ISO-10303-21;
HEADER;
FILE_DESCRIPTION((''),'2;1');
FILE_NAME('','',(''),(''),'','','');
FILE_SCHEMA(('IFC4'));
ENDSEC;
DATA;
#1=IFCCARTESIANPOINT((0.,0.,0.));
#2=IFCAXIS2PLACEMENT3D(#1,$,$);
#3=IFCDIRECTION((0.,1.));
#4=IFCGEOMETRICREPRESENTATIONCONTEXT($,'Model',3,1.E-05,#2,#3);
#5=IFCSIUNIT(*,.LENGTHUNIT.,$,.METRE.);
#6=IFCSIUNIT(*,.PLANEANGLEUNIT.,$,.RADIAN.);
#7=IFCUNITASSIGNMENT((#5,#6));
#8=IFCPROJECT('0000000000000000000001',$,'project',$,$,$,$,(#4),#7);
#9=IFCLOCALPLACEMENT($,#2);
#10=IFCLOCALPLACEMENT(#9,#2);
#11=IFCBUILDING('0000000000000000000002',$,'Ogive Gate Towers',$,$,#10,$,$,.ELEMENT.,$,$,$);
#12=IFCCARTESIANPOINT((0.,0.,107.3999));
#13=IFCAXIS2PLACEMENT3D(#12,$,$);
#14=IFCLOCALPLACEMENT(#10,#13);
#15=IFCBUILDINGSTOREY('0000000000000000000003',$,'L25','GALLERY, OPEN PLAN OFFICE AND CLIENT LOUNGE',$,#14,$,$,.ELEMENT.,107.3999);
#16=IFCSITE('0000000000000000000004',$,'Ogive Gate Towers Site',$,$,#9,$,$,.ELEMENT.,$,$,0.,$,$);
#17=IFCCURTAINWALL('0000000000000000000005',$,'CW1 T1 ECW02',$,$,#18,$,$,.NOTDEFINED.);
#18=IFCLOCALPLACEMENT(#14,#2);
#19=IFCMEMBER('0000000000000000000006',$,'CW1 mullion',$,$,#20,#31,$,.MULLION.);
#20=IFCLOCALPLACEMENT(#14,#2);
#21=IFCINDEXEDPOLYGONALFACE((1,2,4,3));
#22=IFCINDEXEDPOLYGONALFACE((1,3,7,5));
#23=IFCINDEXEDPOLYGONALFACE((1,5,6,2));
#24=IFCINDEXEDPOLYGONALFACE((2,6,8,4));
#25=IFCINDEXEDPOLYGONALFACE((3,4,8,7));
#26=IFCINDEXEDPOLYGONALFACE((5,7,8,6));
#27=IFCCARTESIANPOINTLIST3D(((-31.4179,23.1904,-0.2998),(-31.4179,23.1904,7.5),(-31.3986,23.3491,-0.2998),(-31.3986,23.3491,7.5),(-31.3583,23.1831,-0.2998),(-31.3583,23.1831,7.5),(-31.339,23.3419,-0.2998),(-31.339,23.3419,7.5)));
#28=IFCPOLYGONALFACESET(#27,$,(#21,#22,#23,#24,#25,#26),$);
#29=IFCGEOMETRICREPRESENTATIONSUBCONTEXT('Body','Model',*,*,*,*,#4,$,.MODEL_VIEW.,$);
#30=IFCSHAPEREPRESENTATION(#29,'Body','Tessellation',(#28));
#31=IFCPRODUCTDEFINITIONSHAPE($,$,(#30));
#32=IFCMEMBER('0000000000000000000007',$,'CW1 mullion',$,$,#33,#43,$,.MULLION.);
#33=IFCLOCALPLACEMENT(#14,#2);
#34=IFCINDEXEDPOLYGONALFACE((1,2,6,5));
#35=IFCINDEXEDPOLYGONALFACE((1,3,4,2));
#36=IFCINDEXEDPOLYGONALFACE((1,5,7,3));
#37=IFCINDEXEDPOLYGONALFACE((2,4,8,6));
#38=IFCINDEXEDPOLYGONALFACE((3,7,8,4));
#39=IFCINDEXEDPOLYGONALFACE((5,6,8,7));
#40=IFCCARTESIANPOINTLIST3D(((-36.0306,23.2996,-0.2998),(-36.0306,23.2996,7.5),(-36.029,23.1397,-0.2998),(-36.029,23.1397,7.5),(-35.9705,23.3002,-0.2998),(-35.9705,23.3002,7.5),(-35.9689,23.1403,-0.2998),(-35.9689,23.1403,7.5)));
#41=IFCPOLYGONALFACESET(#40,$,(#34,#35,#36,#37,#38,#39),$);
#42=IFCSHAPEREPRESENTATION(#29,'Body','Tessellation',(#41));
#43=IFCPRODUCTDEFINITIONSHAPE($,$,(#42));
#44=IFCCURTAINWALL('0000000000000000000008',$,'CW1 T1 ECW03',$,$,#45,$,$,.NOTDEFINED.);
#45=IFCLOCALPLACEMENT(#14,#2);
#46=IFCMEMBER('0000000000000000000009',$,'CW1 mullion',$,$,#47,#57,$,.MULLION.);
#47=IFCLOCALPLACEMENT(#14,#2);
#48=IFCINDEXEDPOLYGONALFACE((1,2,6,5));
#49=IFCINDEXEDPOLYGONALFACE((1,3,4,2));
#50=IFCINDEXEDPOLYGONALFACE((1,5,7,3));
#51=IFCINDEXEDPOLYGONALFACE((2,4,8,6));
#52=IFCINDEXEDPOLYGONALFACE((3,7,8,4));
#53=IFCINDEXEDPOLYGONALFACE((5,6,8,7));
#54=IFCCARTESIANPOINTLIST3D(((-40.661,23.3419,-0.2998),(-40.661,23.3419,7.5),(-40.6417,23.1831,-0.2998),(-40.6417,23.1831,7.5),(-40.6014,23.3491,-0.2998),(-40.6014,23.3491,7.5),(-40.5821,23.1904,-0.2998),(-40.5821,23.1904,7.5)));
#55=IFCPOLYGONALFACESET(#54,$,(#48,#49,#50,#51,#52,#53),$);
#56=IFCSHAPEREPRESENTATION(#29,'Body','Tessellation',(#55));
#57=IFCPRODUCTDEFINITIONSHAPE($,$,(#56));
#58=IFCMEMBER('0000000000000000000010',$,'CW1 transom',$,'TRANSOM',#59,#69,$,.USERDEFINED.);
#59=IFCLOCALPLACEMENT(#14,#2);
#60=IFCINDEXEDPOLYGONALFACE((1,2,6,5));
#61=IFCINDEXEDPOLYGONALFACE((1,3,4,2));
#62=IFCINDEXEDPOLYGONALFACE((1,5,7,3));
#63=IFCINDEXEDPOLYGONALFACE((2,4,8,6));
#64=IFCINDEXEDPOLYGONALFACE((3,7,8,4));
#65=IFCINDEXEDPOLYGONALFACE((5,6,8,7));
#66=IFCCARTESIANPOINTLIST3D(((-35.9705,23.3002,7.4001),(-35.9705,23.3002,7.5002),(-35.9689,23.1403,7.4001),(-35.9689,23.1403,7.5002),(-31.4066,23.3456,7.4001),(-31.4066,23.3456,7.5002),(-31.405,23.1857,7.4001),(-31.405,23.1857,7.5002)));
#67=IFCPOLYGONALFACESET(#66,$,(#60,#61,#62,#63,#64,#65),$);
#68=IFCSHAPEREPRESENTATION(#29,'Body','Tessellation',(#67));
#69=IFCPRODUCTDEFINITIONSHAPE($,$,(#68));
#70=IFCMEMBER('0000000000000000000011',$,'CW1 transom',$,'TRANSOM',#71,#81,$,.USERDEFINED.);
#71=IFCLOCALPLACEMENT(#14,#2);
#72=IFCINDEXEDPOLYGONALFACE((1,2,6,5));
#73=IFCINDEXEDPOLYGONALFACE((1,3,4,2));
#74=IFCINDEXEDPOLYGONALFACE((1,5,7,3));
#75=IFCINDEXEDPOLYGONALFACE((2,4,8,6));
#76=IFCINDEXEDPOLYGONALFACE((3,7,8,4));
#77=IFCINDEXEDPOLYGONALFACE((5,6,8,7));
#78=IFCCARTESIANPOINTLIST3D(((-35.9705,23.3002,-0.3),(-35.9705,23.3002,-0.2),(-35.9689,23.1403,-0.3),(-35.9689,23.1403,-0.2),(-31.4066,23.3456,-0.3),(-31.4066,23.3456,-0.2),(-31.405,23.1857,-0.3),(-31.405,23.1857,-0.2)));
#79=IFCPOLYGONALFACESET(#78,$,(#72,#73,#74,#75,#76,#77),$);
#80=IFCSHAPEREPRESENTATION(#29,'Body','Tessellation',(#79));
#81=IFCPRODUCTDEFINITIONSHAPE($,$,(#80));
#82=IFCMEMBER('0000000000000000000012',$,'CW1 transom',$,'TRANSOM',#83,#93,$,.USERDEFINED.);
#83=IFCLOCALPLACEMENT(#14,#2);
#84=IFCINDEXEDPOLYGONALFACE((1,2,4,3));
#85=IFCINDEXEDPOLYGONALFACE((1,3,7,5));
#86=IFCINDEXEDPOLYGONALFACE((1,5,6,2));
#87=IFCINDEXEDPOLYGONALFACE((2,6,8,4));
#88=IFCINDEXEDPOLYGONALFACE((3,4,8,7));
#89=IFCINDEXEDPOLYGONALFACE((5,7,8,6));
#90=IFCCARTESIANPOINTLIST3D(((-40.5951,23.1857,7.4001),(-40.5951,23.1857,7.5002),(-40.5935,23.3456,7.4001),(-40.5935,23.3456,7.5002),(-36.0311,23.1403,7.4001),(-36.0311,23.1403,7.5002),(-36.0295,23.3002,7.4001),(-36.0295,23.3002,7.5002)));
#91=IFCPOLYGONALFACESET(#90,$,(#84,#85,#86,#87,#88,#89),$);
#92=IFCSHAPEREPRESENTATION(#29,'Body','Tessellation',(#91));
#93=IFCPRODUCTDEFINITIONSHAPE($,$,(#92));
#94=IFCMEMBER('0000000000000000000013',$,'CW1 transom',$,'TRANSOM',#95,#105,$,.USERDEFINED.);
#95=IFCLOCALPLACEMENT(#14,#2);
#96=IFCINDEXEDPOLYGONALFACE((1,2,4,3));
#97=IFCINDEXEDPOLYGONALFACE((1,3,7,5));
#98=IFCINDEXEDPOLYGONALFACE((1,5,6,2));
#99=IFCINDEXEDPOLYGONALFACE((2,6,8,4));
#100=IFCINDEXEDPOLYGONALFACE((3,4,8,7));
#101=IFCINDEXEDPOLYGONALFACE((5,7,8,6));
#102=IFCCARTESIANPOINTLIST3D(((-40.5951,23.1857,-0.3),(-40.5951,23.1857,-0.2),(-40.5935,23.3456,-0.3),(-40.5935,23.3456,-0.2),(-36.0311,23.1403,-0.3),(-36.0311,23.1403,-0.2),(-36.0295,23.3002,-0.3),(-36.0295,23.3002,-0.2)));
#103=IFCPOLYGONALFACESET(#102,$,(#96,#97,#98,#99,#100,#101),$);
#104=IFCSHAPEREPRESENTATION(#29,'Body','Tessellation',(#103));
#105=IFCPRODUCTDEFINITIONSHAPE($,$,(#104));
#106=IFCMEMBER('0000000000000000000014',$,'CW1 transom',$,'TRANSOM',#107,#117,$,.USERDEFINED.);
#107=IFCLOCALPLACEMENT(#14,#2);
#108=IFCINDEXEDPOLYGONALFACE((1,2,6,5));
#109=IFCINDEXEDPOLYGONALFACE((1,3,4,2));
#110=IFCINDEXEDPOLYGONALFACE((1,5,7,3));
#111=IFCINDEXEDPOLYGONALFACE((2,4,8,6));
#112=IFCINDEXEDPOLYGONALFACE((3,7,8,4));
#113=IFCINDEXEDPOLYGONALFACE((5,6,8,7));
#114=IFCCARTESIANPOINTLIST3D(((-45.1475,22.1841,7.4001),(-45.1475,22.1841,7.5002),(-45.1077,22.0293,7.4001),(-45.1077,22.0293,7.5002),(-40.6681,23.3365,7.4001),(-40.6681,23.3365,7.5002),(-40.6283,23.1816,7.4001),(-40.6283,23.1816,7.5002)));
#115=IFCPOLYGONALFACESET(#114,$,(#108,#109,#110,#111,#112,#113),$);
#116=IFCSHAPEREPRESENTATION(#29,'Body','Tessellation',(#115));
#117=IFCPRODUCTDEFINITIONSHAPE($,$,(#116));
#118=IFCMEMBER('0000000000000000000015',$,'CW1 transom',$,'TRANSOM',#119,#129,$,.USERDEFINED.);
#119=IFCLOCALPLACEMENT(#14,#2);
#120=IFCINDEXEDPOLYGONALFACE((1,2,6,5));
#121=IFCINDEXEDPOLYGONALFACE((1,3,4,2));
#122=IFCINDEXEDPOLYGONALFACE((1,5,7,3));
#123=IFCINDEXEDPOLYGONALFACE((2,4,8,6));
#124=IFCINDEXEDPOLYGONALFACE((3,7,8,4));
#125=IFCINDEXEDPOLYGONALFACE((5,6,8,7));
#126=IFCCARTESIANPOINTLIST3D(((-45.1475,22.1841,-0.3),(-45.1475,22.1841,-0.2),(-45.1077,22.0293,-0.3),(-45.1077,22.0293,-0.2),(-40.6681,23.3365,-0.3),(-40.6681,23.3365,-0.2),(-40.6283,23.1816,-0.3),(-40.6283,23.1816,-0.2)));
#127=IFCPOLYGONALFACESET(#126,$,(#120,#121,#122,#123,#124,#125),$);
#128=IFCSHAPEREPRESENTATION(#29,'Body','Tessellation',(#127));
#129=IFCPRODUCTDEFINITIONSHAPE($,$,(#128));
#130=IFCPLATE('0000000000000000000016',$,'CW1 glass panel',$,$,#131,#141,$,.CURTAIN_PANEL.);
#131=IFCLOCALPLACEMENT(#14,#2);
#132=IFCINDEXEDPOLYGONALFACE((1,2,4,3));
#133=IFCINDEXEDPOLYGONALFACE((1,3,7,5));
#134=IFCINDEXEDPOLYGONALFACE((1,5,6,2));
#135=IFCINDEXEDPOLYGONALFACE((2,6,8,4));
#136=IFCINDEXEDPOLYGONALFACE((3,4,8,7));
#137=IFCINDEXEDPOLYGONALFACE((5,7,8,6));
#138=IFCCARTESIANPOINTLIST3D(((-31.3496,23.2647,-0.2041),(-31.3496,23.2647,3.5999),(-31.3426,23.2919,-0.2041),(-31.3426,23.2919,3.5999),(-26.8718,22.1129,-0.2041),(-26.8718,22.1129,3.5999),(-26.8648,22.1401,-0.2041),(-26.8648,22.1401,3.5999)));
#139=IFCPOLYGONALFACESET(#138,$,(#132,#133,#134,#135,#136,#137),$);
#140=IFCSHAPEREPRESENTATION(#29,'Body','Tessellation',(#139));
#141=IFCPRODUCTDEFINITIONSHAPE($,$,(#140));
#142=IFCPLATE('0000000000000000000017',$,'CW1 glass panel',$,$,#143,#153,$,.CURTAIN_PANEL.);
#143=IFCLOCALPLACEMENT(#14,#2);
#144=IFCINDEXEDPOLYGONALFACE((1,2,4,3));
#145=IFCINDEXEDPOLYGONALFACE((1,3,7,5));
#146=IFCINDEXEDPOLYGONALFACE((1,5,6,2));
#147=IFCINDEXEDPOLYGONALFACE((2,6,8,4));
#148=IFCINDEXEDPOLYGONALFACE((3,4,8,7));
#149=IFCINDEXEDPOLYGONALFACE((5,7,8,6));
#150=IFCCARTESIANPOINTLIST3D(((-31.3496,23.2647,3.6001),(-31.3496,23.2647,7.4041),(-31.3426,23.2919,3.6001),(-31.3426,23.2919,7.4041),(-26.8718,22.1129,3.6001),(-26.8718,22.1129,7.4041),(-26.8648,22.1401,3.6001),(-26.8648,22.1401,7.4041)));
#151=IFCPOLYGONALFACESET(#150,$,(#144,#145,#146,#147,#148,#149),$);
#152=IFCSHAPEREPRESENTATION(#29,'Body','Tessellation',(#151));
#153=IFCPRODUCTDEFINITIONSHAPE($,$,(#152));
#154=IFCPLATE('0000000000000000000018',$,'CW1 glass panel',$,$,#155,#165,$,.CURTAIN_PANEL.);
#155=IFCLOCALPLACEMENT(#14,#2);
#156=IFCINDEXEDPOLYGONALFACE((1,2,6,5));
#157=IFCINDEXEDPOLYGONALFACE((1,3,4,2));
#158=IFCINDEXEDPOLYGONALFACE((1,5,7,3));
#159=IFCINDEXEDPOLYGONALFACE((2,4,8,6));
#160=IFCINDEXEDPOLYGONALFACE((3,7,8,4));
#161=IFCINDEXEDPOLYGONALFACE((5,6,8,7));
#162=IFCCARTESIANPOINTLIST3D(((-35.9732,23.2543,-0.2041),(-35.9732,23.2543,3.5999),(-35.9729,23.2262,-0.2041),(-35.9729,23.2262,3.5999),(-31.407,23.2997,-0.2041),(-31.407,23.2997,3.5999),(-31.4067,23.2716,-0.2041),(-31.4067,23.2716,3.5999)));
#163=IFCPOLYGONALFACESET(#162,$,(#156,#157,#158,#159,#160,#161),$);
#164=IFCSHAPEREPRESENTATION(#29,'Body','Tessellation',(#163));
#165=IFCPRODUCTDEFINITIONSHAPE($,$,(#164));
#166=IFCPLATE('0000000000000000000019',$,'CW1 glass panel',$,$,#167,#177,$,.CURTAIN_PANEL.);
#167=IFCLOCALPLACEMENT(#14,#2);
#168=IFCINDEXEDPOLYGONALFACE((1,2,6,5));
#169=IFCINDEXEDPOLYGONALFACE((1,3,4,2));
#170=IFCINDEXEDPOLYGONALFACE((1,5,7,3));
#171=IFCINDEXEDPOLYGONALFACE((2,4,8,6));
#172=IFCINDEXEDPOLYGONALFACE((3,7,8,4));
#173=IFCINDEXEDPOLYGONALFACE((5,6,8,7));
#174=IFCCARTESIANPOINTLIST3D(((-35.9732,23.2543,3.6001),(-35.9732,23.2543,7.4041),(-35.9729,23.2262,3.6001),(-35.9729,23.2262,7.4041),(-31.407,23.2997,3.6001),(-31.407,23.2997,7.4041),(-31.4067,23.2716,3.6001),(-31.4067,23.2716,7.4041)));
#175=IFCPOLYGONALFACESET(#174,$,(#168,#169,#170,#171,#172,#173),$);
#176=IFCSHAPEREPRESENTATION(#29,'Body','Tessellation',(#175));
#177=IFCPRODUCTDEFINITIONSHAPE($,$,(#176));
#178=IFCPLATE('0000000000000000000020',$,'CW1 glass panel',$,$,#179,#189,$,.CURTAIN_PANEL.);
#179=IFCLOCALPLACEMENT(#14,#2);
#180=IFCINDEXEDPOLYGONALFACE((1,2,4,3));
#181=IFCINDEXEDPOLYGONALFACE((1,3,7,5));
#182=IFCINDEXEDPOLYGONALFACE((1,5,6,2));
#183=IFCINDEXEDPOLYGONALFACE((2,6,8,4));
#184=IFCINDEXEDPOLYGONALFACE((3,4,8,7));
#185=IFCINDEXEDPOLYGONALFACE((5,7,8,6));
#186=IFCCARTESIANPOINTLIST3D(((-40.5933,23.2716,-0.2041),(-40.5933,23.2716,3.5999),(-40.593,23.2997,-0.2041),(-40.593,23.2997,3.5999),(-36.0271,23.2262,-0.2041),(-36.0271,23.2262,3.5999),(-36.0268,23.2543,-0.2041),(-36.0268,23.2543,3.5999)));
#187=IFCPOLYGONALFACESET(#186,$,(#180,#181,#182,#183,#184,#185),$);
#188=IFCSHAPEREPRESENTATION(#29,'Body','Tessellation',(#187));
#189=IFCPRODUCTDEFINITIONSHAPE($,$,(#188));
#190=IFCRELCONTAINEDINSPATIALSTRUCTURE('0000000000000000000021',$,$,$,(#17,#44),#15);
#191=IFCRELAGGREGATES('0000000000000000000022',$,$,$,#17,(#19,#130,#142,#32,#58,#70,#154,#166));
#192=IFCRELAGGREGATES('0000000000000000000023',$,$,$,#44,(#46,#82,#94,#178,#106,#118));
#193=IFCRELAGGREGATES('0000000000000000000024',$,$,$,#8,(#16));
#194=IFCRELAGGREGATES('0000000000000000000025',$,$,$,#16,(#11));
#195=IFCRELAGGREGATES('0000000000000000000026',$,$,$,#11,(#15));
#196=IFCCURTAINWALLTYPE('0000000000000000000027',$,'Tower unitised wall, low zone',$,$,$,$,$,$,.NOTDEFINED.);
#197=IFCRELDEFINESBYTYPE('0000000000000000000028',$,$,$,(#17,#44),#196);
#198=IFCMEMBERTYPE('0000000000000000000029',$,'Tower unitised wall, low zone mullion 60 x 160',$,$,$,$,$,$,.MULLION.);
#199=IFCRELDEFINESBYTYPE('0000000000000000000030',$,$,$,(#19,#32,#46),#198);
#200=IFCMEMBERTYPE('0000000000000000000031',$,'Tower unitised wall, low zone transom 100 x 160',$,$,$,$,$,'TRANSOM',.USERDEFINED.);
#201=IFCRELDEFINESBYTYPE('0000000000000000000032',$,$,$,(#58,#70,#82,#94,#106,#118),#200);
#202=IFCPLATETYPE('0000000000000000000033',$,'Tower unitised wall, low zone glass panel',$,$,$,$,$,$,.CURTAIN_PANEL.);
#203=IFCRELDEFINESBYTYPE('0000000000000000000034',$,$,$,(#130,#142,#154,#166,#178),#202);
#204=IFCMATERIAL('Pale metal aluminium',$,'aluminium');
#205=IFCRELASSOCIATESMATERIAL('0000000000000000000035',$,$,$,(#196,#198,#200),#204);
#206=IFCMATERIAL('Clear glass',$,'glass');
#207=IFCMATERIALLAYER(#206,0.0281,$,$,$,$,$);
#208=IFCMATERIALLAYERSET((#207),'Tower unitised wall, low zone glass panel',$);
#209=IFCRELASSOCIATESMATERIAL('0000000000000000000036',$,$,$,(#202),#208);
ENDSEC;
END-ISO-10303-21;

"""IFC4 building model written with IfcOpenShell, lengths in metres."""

from ifc_helpers import new_model, si_unit, direction, frame, origin, origin_2d, place, context, subcontext, project, spatial, rectangle, extrude, material, layer, layer_set, material_profile, profile_set, type_object, element, aggregate, save


model = new_model("IFC4")

# Units and contexts
model_context = context("Model", 3, precision=1e-05, world=origin(), true_north=direction((0.0, 1.0)))
body_context = subcontext(model_context, "Body", "Model", "MODEL_VIEW")
ifc_project = project(units=[si_unit("LENGTHUNIT", "METRE"), si_unit("PLANEANGLEUNIT", "RADIAN")], contexts=[model_context])

# Site, building, storey
site_placement = place(None, origin())
site = spatial("IfcSite", under=ifc_project, at=site_placement, Name="Ogive Gate Towers Site", CompositionType="ELEMENT", RefElevation=0.0)
building_placement = place(site_placement, origin())
building = spatial("IfcBuilding", under=site, at=building_placement, Name="Ogive Gate Towers", CompositionType="ELEMENT")
storey_placement = place(building_placement, frame((0.0, 0.0, 107.3999)))
storey = spatial("IfcBuildingStorey", under=building, at=storey_placement, Name="L25", Description="GALLERY, OPEN PLAN OFFICE AND CLIENT LOUNGE", CompositionType="ELEMENT", Elevation=107.3999)

# Curtain wall, members
ifc_material_1 = material(Name="Pale metal aluminium", Category="aluminium")
curtain_wall_type = type_object("IfcCurtainWallType", Name="Tower unitised wall, low zone", PredefinedType="NOTDEFINED", material=ifc_material_1)
curtain_wall_1_placement = place(storey_placement, origin())
curtain_wall_1 = element("IfcCurtainWall", 1, at=curtain_wall_1_placement, inside=storey, type_object=curtain_wall_type, Name="CW1 T1 ECW02", PredefinedType="NOTDEFINED")
ifc_material_profile_1 = material_profile(ifc_material_1, rectangle(XDim=0.1599, YDim=0.0601, at=origin_2d()), Name="60 x 160 aluminium box")
ifc_profile_set_1 = profile_set([ifc_material_profile_1], Name="Pale metal aluminium")
member_type_1 = type_object("IfcMemberType", Name="Tower unitised wall, low zone mullion 60 x 160", PredefinedType="MULLION", material=ifc_profile_set_1)
member_1_placement = place(storey_placement, frame((-31.3784, 23.2661, -0.2998), z_axis=(0.0, 0.0, 1.0), x_axis=(0.120639, 0.992696, 0.0)))
member_1 = element("IfcMember", 2, at=member_1_placement, type_object=member_type_1, Name="CW1 mullion", PredefinedType="MULLION", context=body_context, shape_type="SweptSolid", body=[
    extrude(rectangle(XDim=0.1599, YDim=0.0601, at=origin_2d()), origin(), (0.0, 0.0, 1.0), 7.7998),
])
member_2_placement = place(storey_placement, frame((-35.9998, 23.22, -0.2998), z_axis=(0.0, 0.0, 1.0), x_axis=(-0.009931, 0.999951, 0.0)))
member_2 = element("IfcMember", 3, at=member_2_placement, type_object=member_type_1, Name="CW1 mullion", PredefinedType="MULLION", context=body_context, shape_type="SweptSolid", body=[
    extrude(rectangle(XDim=0.1599, YDim=0.0601, at=origin_2d()), origin(), (0.0, 0.0, 1.0), 7.7998),
])

# Curtain wall, member
curtain_wall_2_placement = place(storey_placement, origin())
curtain_wall_2 = element("IfcCurtainWall", 4, at=curtain_wall_2_placement, inside=storey, type_object=curtain_wall_type, Name="CW1 T1 ECW03", PredefinedType="NOTDEFINED")
member_3_placement = place(storey_placement, frame((-40.6216, 23.2661, -0.2998), z_axis=(0.0, 0.0, 1.0), x_axis=(-0.120639, 0.992696, 0.0)))
member_3 = element("IfcMember", 5, at=member_3_placement, type_object=member_type_1, Name="CW1 mullion", PredefinedType="MULLION", context=body_context, shape_type="SweptSolid", body=[
    extrude(rectangle(XDim=0.1599, YDim=0.0601, at=origin_2d()), origin(), (0.0, 0.0, 1.0), 7.7998),
])

# Members
ifc_material_profile_2 = material_profile(ifc_material_1, rectangle(XDim=0.1599, YDim=0.1001, at=origin_2d()), Name="100 x 160 aluminium box")
ifc_profile_set_2 = profile_set([ifc_material_profile_2], Name="Pale metal aluminium")
member_type_2 = type_object("IfcMemberType", Name="Tower unitised wall, low zone transom 100 x 160", ElementType="TRANSOM", PredefinedType="USERDEFINED", material=ifc_profile_set_2)
member_4_placement = place(storey_placement, frame((-31.4058, 23.2656, 7.4502), z_axis=(-0.999951, -0.009949, 0.0), x_axis=(0.009949, -0.999951, 0.0)))
member_4 = element("IfcMember", 6, at=member_4_placement, type_object=member_type_2, Name="CW1 transom", ObjectType="TRANSOM", PredefinedType="USERDEFINED", context=body_context, shape_type="SweptSolid", body=[
    extrude(rectangle(XDim=0.1599, YDim=0.1001, at=origin_2d()), origin(), (0.0, 0.0, 1.0), 4.5642),
])
member_5_placement = place(storey_placement, frame((-31.4058, 23.2656, -0.25), z_axis=(-0.999951, -0.009949, 0.0), x_axis=(0.009949, -0.999951, 0.0)))
member_5 = element("IfcMember", 7, at=member_5_placement, type_object=member_type_2, Name="CW1 transom", ObjectType="TRANSOM", PredefinedType="USERDEFINED", context=body_context, shape_type="SweptSolid", body=[
    extrude(rectangle(XDim=0.1599, YDim=0.1001, at=origin_2d()), origin(), (0.0, 0.0, 1.0), 4.5642),
])
member_6_placement = place(storey_placement, frame((-36.0303, 23.2202, 7.4502), z_axis=(-0.999951, 0.009949, 0.0), x_axis=(-0.009949, -0.999951, 0.0)))
member_6 = element("IfcMember", 8, at=member_6_placement, type_object=member_type_2, Name="CW1 transom", ObjectType="TRANSOM", PredefinedType="USERDEFINED", context=body_context, shape_type="SweptSolid", body=[
    extrude(rectangle(XDim=0.1599, YDim=0.1001, at=origin_2d()), origin(), (0.0, 0.0, 1.0), 4.5642),
])
member_7_placement = place(storey_placement, frame((-36.0303, 23.2202, -0.25), z_axis=(-0.999951, 0.009949, 0.0), x_axis=(-0.009949, -0.999951, 0.0)))
member_7 = element("IfcMember", 9, at=member_7_placement, type_object=member_type_2, Name="CW1 transom", ObjectType="TRANSOM", PredefinedType="USERDEFINED", context=body_context, shape_type="SweptSolid", body=[
    extrude(rectangle(XDim=0.1599, YDim=0.1001, at=origin_2d()), origin(), (0.0, 0.0, 1.0), 4.5642),
])
member_8_placement = place(storey_placement, frame((-40.6482, 23.259, 7.4502), z_axis=(-0.968468, -0.249137, 0.0), x_axis=(0.249137, -0.968468, 0.0)))
member_8 = element("IfcMember", 10, at=member_8_placement, type_object=member_type_2, Name="CW1 transom", ObjectType="TRANSOM", PredefinedType="USERDEFINED", context=body_context, shape_type="SweptSolid", body=[
    extrude(rectangle(XDim=0.1599, YDim=0.1001, at=origin_2d()), origin(), (0.0, 0.0, 1.0), 4.6252),
])
member_9_placement = place(storey_placement, frame((-40.6482, 23.259, -0.25), z_axis=(-0.968468, -0.249137, 0.0), x_axis=(0.249137, -0.968468, 0.0)))
member_9 = element("IfcMember", 11, at=member_9_placement, type_object=member_type_2, Name="CW1 transom", ObjectType="TRANSOM", PredefinedType="USERDEFINED", context=body_context, shape_type="SweptSolid", body=[
    extrude(rectangle(XDim=0.1599, YDim=0.1001, at=origin_2d()), origin(), (0.0, 0.0, 1.0), 4.6252),
])

# Plates
ifc_material_2 = material(Name="Clear glass", Category="glass")
ifc_layer_1 = layer(ifc_material_2, 0.0281)
ifc_layer_set_1 = layer_set([ifc_layer_1], Name="Tower unitised wall, low zone glass panel")
plate_type = type_object("IfcPlateType", Name="Tower unitised wall, low zone glass panel", PredefinedType="CURTAIN_PANEL", material=ifc_layer_set_1)
plate_1_placement = place(storey_placement, frame((-29.1072, 22.7024, -0.2041), z_axis=(0.0, 0.0, 1.0), x_axis=(-0.96847, 0.249129, 0.0)))
plate_1 = element("IfcPlate", 12, at=plate_1_placement, type_object=plate_type, Name="CW1 glass panel", PredefinedType="CURTAIN_PANEL", context=body_context, shape_type="SweptSolid", body=[
    extrude(rectangle(XDim=4.6235, YDim=0.0281, at=origin_2d()), origin(), (0.0, 0.0, 1.0), 3.804),
])
plate_2_placement = place(storey_placement, frame((-29.1072, 22.7024, 3.6001), z_axis=(0.0, 0.0, 1.0), x_axis=(-0.96847, 0.249129, 0.0)))
plate_2 = element("IfcPlate", 13, at=plate_2_placement, type_object=plate_type, Name="CW1 glass panel", PredefinedType="CURTAIN_PANEL", context=body_context, shape_type="SweptSolid", body=[
    extrude(rectangle(XDim=4.6235, YDim=0.0281, at=origin_2d()), origin(), (0.0, 0.0, 1.0), 3.804),
])
plate_3_placement = place(storey_placement, frame((-33.6899, 23.2629, -0.2041), z_axis=(0.0, 0.0, 1.0), x_axis=(-0.999951, -0.009931, 0.0)))
plate_3 = element("IfcPlate", 14, at=plate_3_placement, type_object=plate_type, Name="CW1 glass panel", PredefinedType="CURTAIN_PANEL", context=body_context, shape_type="SweptSolid", body=[
    extrude(rectangle(XDim=4.5664, YDim=0.0281, at=origin_2d()), origin(), (0.0, 0.0, 1.0), 3.804),
])
plate_4_placement = place(storey_placement, frame((-33.6899, 23.2629, 3.6001), z_axis=(0.0, 0.0, 1.0), x_axis=(-0.999951, -0.009931, 0.0)))
plate_4 = element("IfcPlate", 15, at=plate_4_placement, type_object=plate_type, Name="CW1 glass panel", PredefinedType="CURTAIN_PANEL", context=body_context, shape_type="SweptSolid", body=[
    extrude(rectangle(XDim=4.5664, YDim=0.0281, at=origin_2d()), origin(), (0.0, 0.0, 1.0), 3.804),
])
aggregate(curtain_wall_1, [member_1, plate_1, plate_2, member_2, member_4, member_5, plate_3, plate_4])
plate_5_placement = place(storey_placement, frame((-38.3101, 23.2629, -0.2041), z_axis=(0.0, 0.0, 1.0), x_axis=(-0.999951, 0.009931, 0.0)))
plate_5 = element("IfcPlate", 16, at=plate_5_placement, type_object=plate_type, Name="CW1 glass panel", PredefinedType="CURTAIN_PANEL", context=body_context, shape_type="SweptSolid", body=[
    extrude(rectangle(XDim=4.5664, YDim=0.0281, at=origin_2d()), origin(), (0.0, 0.0, 1.0), 3.804),
])
aggregate(curtain_wall_2, [member_3, member_6, member_7, plate_5, member_8, member_9])

save(model, "model.ifc")
